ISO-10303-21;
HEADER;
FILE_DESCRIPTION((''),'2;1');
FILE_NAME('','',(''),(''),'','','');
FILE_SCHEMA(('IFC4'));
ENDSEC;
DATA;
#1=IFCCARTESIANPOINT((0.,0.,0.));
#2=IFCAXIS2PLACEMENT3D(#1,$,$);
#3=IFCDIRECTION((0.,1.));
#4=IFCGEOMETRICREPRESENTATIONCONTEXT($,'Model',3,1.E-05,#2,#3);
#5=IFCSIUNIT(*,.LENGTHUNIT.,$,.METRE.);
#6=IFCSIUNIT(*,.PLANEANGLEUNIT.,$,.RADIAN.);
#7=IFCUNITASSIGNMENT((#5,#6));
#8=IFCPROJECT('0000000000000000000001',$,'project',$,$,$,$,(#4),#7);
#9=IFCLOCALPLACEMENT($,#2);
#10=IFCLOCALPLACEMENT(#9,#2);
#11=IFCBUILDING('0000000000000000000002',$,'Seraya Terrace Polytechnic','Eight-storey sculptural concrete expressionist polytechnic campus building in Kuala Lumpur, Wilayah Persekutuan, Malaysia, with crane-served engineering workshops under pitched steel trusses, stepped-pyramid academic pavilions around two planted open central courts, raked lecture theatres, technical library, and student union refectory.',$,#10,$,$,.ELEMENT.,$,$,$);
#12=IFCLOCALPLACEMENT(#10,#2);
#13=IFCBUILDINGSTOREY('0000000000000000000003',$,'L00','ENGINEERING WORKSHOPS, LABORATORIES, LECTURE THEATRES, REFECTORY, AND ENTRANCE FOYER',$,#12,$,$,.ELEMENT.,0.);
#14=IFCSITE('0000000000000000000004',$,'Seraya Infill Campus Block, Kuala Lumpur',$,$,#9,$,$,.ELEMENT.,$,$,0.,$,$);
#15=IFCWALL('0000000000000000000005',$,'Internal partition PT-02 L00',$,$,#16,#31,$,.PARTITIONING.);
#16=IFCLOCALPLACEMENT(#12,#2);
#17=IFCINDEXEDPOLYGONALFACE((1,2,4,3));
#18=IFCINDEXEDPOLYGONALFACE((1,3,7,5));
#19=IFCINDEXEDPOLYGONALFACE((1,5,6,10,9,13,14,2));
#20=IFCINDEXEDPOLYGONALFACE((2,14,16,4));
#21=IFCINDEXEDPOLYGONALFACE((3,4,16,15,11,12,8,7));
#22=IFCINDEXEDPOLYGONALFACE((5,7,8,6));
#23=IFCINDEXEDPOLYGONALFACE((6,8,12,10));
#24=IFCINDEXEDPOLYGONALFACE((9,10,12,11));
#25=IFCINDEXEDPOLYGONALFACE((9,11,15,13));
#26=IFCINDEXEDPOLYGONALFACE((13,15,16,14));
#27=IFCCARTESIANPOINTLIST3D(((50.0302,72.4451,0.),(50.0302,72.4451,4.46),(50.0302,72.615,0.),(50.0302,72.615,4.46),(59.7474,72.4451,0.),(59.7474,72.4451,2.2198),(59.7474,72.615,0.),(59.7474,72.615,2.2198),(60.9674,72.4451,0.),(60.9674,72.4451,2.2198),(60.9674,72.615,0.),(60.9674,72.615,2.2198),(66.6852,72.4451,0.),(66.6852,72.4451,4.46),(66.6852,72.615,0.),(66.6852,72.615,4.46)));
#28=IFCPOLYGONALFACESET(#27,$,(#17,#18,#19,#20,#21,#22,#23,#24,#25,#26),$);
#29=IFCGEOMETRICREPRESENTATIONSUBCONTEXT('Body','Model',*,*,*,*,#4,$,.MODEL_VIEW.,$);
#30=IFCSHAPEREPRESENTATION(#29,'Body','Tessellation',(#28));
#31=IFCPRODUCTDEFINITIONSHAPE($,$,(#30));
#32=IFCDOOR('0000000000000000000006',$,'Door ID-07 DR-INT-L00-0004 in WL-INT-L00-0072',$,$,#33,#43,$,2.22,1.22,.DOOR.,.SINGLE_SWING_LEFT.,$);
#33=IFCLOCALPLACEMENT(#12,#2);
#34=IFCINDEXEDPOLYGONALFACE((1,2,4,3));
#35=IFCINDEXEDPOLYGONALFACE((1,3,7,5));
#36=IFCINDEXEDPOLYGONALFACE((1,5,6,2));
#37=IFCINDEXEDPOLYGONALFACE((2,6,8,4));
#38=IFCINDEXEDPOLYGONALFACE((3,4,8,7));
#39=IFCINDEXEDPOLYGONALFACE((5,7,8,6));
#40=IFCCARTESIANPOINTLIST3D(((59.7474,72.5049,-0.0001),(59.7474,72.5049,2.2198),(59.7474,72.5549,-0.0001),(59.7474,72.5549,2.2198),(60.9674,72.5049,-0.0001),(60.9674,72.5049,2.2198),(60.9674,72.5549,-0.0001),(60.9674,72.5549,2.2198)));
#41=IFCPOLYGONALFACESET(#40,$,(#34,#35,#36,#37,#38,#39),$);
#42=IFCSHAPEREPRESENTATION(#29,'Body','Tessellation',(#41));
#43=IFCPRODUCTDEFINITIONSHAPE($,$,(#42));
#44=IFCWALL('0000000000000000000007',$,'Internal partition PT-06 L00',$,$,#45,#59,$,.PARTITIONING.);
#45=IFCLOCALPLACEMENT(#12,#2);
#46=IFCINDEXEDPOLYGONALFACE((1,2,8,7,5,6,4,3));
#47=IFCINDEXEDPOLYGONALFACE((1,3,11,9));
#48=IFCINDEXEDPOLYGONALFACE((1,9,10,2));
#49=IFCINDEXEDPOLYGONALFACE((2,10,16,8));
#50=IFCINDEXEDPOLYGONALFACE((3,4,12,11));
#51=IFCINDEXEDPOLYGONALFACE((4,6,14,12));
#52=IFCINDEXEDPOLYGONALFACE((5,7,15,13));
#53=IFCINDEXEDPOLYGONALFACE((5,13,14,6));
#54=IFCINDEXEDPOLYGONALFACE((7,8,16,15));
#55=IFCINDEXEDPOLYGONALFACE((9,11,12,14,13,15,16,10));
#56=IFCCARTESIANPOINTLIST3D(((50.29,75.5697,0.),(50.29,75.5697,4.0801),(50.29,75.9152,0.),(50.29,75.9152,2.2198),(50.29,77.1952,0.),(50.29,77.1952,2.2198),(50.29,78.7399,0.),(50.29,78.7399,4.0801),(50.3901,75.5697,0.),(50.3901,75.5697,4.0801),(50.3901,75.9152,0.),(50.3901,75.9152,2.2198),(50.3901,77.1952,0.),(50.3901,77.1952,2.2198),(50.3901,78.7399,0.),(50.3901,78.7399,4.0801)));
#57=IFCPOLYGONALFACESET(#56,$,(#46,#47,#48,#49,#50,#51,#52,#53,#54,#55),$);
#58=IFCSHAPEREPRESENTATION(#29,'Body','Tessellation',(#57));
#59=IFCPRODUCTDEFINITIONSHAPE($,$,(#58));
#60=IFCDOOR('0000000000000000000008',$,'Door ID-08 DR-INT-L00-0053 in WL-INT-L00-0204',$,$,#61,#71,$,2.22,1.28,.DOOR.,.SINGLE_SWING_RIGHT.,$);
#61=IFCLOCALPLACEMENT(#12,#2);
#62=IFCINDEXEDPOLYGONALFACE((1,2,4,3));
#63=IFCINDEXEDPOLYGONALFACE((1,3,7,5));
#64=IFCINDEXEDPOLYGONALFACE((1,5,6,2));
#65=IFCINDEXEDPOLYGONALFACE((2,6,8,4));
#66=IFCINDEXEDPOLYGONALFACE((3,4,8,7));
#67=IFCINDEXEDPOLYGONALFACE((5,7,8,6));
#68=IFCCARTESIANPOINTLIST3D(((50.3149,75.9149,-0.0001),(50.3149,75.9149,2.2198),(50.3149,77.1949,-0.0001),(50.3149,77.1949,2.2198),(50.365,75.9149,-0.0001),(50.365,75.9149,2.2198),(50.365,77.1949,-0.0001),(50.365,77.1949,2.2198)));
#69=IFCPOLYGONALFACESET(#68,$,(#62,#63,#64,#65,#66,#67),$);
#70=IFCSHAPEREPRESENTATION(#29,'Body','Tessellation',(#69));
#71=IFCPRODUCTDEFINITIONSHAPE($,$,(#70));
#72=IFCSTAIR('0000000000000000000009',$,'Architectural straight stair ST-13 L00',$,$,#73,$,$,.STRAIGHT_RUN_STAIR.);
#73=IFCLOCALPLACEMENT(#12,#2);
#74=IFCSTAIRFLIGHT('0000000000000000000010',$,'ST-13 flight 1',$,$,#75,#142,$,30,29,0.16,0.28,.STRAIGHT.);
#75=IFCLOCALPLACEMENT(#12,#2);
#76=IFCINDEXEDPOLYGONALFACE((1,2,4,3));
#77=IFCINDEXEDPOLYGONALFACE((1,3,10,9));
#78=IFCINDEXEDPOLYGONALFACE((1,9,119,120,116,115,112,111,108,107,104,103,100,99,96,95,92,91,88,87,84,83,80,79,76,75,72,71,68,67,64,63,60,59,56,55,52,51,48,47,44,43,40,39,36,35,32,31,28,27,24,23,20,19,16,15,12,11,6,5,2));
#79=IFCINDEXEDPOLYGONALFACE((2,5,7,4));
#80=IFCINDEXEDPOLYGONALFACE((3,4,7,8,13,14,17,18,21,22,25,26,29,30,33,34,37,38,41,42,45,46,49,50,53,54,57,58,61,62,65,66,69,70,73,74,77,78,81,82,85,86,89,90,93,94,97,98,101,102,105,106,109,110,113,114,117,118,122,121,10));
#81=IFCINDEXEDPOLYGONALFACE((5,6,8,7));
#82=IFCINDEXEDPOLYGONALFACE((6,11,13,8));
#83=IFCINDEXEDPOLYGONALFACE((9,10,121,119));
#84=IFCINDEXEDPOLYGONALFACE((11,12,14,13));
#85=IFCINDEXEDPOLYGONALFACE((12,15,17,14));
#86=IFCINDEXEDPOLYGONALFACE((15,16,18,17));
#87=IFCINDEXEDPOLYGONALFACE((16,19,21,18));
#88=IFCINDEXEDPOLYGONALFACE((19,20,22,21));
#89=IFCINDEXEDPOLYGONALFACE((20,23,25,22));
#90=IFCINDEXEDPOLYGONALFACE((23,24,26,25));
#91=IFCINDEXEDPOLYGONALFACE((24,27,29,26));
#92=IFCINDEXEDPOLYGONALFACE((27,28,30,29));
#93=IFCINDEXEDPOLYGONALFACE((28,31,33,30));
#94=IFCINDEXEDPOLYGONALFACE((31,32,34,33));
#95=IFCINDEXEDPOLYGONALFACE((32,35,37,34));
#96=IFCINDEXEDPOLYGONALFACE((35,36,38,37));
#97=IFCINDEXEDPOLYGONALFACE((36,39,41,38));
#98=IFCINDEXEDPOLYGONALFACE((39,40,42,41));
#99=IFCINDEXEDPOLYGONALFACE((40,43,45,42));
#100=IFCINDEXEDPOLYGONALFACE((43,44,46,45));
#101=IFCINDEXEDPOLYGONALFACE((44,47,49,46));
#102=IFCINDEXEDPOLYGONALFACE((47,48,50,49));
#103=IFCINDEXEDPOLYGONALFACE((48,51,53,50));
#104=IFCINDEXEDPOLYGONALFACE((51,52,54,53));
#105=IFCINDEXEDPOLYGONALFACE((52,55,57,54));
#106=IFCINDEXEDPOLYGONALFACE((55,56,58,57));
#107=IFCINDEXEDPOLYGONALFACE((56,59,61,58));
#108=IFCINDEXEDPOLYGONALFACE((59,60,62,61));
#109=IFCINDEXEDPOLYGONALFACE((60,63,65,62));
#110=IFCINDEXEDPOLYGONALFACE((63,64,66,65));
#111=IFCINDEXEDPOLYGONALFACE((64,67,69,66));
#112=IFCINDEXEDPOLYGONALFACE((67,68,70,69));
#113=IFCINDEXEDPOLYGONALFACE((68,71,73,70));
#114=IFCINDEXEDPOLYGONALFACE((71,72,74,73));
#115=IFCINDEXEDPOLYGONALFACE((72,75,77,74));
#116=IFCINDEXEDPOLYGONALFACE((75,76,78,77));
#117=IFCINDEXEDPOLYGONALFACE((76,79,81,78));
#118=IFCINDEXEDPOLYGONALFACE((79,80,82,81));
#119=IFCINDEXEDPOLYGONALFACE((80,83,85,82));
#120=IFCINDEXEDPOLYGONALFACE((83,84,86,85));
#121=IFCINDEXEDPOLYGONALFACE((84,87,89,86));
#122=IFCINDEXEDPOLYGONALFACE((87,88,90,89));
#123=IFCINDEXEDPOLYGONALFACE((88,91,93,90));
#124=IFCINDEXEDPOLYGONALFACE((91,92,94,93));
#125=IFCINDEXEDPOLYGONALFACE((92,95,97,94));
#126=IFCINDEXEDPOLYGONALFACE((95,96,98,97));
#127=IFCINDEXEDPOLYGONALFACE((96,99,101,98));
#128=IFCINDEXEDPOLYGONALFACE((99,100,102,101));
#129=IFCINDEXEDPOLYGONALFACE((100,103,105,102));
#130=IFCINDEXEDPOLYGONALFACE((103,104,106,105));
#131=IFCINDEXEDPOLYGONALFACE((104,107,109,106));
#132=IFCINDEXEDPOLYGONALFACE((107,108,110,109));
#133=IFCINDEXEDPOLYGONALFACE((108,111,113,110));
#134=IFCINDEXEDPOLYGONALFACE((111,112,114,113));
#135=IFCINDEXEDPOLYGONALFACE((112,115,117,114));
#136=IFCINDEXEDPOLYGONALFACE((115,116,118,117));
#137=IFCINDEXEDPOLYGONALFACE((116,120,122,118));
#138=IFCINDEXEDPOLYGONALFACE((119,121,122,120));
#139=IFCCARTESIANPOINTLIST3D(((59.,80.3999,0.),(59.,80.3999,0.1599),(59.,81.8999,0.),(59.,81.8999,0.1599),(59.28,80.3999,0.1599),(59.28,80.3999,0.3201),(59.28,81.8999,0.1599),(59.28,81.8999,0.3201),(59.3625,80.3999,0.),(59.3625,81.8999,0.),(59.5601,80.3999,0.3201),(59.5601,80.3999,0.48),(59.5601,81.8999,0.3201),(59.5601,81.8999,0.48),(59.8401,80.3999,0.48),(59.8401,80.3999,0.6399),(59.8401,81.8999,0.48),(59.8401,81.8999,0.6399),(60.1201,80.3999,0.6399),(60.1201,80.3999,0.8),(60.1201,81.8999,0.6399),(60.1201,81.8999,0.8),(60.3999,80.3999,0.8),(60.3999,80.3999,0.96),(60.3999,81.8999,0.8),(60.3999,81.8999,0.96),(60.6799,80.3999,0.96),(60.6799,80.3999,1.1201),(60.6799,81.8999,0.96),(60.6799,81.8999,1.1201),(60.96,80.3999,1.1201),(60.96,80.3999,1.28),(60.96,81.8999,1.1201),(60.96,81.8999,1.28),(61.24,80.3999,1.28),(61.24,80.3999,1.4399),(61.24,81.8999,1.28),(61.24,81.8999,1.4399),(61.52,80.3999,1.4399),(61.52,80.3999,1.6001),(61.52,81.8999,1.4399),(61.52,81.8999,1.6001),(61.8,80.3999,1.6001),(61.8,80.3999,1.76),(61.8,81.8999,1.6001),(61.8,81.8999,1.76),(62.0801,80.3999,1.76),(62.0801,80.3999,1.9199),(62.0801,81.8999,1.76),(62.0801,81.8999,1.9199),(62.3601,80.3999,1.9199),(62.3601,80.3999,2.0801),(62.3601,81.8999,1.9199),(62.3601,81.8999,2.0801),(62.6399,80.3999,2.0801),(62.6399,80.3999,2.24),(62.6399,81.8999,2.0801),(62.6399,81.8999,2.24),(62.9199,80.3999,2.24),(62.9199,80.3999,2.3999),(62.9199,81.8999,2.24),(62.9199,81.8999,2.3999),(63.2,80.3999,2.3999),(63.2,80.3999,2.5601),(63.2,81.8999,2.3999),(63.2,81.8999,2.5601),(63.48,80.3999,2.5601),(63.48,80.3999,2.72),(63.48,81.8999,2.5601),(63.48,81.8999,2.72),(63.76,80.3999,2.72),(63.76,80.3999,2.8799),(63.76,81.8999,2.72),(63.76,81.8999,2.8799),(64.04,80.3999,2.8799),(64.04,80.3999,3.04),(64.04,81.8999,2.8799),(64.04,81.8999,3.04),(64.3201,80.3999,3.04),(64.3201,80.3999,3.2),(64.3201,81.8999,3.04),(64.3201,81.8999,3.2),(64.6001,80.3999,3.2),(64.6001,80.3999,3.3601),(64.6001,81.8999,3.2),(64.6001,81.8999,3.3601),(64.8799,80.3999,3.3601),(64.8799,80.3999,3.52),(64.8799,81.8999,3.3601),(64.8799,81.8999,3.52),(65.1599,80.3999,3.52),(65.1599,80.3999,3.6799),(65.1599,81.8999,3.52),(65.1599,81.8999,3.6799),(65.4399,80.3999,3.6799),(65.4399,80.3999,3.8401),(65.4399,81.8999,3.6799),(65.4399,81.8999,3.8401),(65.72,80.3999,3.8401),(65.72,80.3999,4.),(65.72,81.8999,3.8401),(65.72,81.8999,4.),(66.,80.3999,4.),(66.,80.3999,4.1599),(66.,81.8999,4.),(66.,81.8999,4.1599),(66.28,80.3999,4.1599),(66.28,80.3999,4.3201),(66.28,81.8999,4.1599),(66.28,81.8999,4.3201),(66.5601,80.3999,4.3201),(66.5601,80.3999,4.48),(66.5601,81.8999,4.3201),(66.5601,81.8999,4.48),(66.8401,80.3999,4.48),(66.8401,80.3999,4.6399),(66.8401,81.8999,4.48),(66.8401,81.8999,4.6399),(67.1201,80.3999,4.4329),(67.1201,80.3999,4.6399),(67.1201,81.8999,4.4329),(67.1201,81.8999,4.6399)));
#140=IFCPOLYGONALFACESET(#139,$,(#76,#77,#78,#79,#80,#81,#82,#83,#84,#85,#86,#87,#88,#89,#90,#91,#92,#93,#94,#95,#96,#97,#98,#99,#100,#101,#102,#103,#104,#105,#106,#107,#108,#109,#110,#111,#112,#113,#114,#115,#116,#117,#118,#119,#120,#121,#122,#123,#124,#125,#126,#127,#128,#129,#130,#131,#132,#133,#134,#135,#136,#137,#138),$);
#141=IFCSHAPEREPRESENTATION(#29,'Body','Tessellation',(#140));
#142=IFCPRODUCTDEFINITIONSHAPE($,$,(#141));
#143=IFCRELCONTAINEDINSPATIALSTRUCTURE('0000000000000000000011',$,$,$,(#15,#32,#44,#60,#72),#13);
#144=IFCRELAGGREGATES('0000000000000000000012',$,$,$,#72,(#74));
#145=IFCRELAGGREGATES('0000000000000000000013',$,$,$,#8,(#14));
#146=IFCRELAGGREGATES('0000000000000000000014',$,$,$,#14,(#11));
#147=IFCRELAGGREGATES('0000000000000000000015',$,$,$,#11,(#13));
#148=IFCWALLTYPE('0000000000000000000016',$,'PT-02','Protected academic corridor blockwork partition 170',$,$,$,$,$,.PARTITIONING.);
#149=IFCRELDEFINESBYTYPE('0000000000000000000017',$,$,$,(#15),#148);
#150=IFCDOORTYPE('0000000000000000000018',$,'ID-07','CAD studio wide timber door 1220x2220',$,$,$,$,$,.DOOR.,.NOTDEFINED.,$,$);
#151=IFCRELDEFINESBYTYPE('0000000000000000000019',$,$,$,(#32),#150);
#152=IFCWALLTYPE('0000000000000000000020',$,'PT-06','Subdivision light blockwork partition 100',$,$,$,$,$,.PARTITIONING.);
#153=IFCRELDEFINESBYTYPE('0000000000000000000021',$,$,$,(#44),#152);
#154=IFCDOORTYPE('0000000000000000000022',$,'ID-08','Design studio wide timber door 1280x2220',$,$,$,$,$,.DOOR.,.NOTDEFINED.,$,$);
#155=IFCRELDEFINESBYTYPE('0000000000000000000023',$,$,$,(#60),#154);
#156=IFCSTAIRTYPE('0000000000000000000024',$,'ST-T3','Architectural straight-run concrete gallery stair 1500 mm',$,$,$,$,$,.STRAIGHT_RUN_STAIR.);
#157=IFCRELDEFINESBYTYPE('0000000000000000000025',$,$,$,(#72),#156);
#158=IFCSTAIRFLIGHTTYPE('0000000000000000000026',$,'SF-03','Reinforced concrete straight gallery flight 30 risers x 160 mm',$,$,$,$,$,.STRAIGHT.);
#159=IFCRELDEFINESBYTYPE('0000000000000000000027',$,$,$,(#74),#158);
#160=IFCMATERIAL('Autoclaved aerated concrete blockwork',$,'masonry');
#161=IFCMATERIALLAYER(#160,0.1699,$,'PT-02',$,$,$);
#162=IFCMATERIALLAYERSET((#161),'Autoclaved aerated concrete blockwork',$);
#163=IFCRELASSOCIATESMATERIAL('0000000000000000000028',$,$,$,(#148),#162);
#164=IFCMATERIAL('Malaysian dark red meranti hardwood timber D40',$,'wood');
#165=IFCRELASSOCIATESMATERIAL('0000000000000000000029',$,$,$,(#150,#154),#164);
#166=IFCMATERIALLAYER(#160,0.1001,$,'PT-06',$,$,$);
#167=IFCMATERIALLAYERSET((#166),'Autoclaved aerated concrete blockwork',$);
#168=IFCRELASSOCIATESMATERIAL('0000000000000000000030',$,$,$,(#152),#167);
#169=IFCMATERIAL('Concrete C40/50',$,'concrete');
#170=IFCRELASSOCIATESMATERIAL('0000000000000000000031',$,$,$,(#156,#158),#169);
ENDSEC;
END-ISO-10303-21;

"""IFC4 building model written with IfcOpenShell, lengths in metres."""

from ifc_helpers import new_model, si_unit, direction, frame, frame_2d, origin, place, context, subcontext, project, spatial, polyline, rectangle, outline, extrude, material, layer, layer_set, type_object, element, fill, aggregate, save


model = new_model("IFC4")

# Units and contexts
model_context = context("Model", 3, precision=1e-05, world=origin(), true_north=direction((0.0, 1.0)))
body_context = subcontext(model_context, "Body", "Model", "MODEL_VIEW")
ifc_project = project(units=[si_unit("LENGTHUNIT", "METRE"), si_unit("PLANEANGLEUNIT", "RADIAN")], contexts=[model_context])

# Site, building, storey
site_placement = place(None, origin())
site = spatial("IfcSite", under=ifc_project, at=site_placement, Name="Seraya Infill Campus Block, Kuala Lumpur", CompositionType="ELEMENT", RefElevation=0.0)
building_placement = place(site_placement, origin())
building = spatial("IfcBuilding", under=site, at=building_placement, Name="Seraya Terrace Polytechnic", Description="Eight-storey sculptural concrete expressionist polytechnic campus building in Kuala Lumpur, Wilayah Persekutuan, Malaysia, with crane-served engineering workshops under pitched steel trusses, stepped-pyramid academic pavilions around two planted open central courts, raked lecture theatres, technical library, and student union refectory.", CompositionType="ELEMENT")
storey_placement = place(building_placement, origin())
storey = spatial("IfcBuildingStorey", under=building, at=storey_placement, Name="L00", Description="ENGINEERING WORKSHOPS, LABORATORIES, LECTURE THEATRES, REFECTORY, AND ENTRANCE FOYER", CompositionType="ELEMENT", Elevation=0.0)

# Shared definitions
ifc_material_1 = material(Name="Concrete C40/50", Category="concrete")

# Shared definitions
ifc_material_2 = material(Name="Autoclaved aerated concrete blockwork", Category="masonry")

# Walls, openings, doors
ifc_layer_1 = layer(ifc_material_2, 0.1699, Name="PT-02")
ifc_layer_set_1 = layer_set([ifc_layer_1], Name="Autoclaved aerated concrete blockwork")
wall_type_1 = type_object("IfcWallType", Name="PT-02", Description="Protected academic corridor blockwork partition 170", PredefinedType="PARTITIONING", material=ifc_layer_set_1)
ifc_material_3 = material(Name="Malaysian dark red meranti hardwood timber D40", Category="wood")
wall_1_placement = place(storey_placement, frame((50.03, 72.53, 0.0), z_axis=(0.0, 0.0, 1.0), x_axis=(1.0, 0.0, 0.0)))
wall_1 = element("IfcWall", 1, at=wall_1_placement, inside=storey, type_object=wall_type_1, Name="Internal partition PT-02 L00", PredefinedType="PARTITIONING", context=body_context, shape_type="SweptSolid", body=[
    extrude(rectangle(XDim=16.655, YDim=0.1699, at=frame_2d((8.3276, 0.0))), origin(), (0.0, 0.0, 1.0), 4.46),
])
opening_1_placement = place(wall_1_placement, frame((9.7175, 0.0, 0.0)))
opening_1 = element("IfcOpeningElement", 2, at=opening_1_placement, cuts=wall_1, PredefinedType="OPENING", context=body_context, shape_type="SweptSolid", body=[
    extrude(rectangle(XDim=1.22, YDim=2.22, at=frame_2d((0.6099, 1.1099))), frame((0.0, 0.0969, 0.0), z_axis=(0.0, -1.0, 0.0), x_axis=(1.0, 0.0, 0.0)), (0.0, 0.0, 1.0), 0.1938),
])
door_type_1 = type_object("IfcDoorType", Name="ID-07", Description="CAD studio wide timber door 1220x2220", OperationType="NOTDEFINED", PredefinedType="DOOR", material=ifc_material_3)
door_1_placement = place(opening_1_placement, origin())
door_1 = element("IfcDoor", 3, at=door_1_placement, inside=storey, type_object=door_type_1, Name="Door ID-07 DR-INT-L00-0004 in WL-INT-L00-0072", OperationType="SINGLE_SWING_LEFT", OverallHeight=2.22, OverallWidth=1.22, PredefinedType="DOOR", context=body_context, shape_type="SweptSolid", body=[
    extrude(rectangle(XDim=1.22, YDim=2.22, at=frame_2d((0.6099, 1.1099))), frame((0.0, 0.0249, 0.0), z_axis=(0.0, -1.0, 0.0), x_axis=(1.0, 0.0, 0.0)), (0.0, 0.0, 1.0), 0.05),
])
fill(opening_1, door_1)
ifc_layer_2 = layer(ifc_material_2, 0.1001, Name="PT-06")
ifc_layer_set_2 = layer_set([ifc_layer_2], Name="Autoclaved aerated concrete blockwork")
wall_type_2 = type_object("IfcWallType", Name="PT-06", Description="Subdivision light blockwork partition 100", PredefinedType="PARTITIONING", material=ifc_layer_set_2)
wall_2_placement = place(storey_placement, frame((50.3401, 75.5698, 0.0), z_axis=(0.0, 0.0, 1.0), x_axis=(0.0, 1.0, 0.0)))
wall_2 = element("IfcWall", 4, at=wall_2_placement, inside=storey, type_object=wall_type_2, Name="Internal partition PT-06 L00", PredefinedType="PARTITIONING", context=body_context, shape_type="SweptSolid", body=[
    extrude(rectangle(XDim=3.1702, YDim=0.1001, at=frame_2d((1.585, 0.0))), origin(), (0.0, 0.0, 1.0), 4.0801),
])
opening_2_placement = place(wall_2_placement, frame((0.3452, 0.0, 0.0)))
opening_2 = element("IfcOpeningElement", 5, at=opening_2_placement, cuts=wall_2, PredefinedType="OPENING", context=body_context, shape_type="SweptSolid", body=[
    extrude(rectangle(XDim=1.28, YDim=2.22, at=frame_2d((0.6401, 1.1099))), frame((0.0, 0.062, 0.0), z_axis=(0.0, -1.0, 0.0), x_axis=(1.0, 0.0, 0.0)), (0.0, 0.0, 1.0), 0.124),
])
door_type_2 = type_object("IfcDoorType", Name="ID-08", Description="Design studio wide timber door 1280x2220", OperationType="NOTDEFINED", PredefinedType="DOOR", material=ifc_material_3)
door_2_placement = place(opening_2_placement, frame((1.28, 0.0, 0.0), z_axis=(0.0, 0.0, 1.0), x_axis=(-1.0, 0.0, 0.0)))
door_2 = element("IfcDoor", 6, at=door_2_placement, inside=storey, type_object=door_type_2, Name="Door ID-08 DR-INT-L00-0053 in WL-INT-L00-0204", OperationType="SINGLE_SWING_RIGHT", OverallHeight=2.22, OverallWidth=1.28, PredefinedType="DOOR", context=body_context, shape_type="SweptSolid", body=[
    extrude(rectangle(XDim=1.28, YDim=2.22, at=frame_2d((0.6401, 1.1099))), frame((0.0, 0.0249, 0.0), z_axis=(0.0, -1.0, 0.0), x_axis=(1.0, 0.0, 0.0)), (0.0, 0.0, 1.0), 0.05),
])
fill(opening_2, door_2)

# Stair, stair flight
stair_type = type_object("IfcStairType", Name="ST-T3", Description="Architectural straight-run concrete gallery stair 1500 mm", PredefinedType="STRAIGHT_RUN_STAIR", material=ifc_material_1)
stair_placement = place(storey_placement, origin())
stair = element("IfcStair", 7, at=stair_placement, inside=storey, type_object=stair_type, Name="Architectural straight stair ST-13 L00", PredefinedType="STRAIGHT_RUN_STAIR")
stair_flight_type = type_object("IfcStairFlightType", Name="SF-03", Description="Reinforced concrete straight gallery flight 30 risers x 160 mm", PredefinedType="STRAIGHT", material=ifc_material_1)
stair_flight_placement = place(storey_placement, frame((59.0, 81.1499, 0.0), z_axis=(0.0, 0.0, 1.0), x_axis=(1.0, 0.0, 0.0)))
stair_flight = element("IfcStairFlight", 8, at=stair_flight_placement, type_object=stair_flight_type, Name="ST-13 flight 1", NumberOfRisers=30, NumberOfTreads=29, PredefinedType="STRAIGHT", RiserHeight=0.16, TreadLength=0.28, context=body_context, shape_type="SweptSolid", body=[
    extrude(outline(polyline([(0.0, 0.0), (0.0, 0.1599), (0.28, 0.1599), (0.28, 0.3201), (0.5601, 0.3201), (0.5601, 0.48), (0.8401, 0.48), (0.8401, 0.6399), (1.1201, 0.6399), (1.1201, 0.8), (1.3999, 0.8), (1.3999, 0.96), (1.6799, 0.96), (1.6799, 1.1201), (1.96, 1.1201), (1.96, 1.28), (2.24, 1.28), (2.24, 1.4399), (2.52, 1.4399), (2.52, 1.6001), (2.8, 1.6001), (2.8, 1.76), (3.0801, 1.76), (3.0801, 1.9199), (3.3601, 1.9199), (3.3601, 2.0801), (3.6399, 2.0801), (3.6399, 2.24), (3.9199, 2.24), (3.9199, 2.3999), (4.2, 2.3999), (4.2, 2.5601), (4.48, 2.5601), (4.48, 2.72), (4.76, 2.72), (4.76, 2.8799), (5.04, 2.8799), (5.04, 3.04), (5.3201, 3.04), (5.3201, 3.2), (5.6001, 3.2), (5.6001, 3.3601), (5.8799, 3.3601), (5.8799, 3.52), (6.1599, 3.52), (6.1599, 3.6799), (6.4399, 3.6799), (6.4399, 3.8401), (6.72, 3.8401), (6.72, 4.0), (7.0, 4.0), (7.0, 4.1599), (7.28, 4.1599), (7.28, 4.3201), (7.5601, 4.3201), (7.5601, 4.48), (7.8401, 4.48), (7.8401, 4.6399), (8.1201, 4.6399), (8.1201, 4.8), (8.1201, 4.4329), (0.3625, 0.0), (0.0, 0.0)])), frame((0.0, 0.75, 0.0), z_axis=(0.0, -1.0, 0.0), x_axis=(1.0, 0.0, 0.0)), (0.0, 0.0, 1.0), 1.5),
])
aggregate(stair, [stair_flight])

save(model, "model.ifc")
